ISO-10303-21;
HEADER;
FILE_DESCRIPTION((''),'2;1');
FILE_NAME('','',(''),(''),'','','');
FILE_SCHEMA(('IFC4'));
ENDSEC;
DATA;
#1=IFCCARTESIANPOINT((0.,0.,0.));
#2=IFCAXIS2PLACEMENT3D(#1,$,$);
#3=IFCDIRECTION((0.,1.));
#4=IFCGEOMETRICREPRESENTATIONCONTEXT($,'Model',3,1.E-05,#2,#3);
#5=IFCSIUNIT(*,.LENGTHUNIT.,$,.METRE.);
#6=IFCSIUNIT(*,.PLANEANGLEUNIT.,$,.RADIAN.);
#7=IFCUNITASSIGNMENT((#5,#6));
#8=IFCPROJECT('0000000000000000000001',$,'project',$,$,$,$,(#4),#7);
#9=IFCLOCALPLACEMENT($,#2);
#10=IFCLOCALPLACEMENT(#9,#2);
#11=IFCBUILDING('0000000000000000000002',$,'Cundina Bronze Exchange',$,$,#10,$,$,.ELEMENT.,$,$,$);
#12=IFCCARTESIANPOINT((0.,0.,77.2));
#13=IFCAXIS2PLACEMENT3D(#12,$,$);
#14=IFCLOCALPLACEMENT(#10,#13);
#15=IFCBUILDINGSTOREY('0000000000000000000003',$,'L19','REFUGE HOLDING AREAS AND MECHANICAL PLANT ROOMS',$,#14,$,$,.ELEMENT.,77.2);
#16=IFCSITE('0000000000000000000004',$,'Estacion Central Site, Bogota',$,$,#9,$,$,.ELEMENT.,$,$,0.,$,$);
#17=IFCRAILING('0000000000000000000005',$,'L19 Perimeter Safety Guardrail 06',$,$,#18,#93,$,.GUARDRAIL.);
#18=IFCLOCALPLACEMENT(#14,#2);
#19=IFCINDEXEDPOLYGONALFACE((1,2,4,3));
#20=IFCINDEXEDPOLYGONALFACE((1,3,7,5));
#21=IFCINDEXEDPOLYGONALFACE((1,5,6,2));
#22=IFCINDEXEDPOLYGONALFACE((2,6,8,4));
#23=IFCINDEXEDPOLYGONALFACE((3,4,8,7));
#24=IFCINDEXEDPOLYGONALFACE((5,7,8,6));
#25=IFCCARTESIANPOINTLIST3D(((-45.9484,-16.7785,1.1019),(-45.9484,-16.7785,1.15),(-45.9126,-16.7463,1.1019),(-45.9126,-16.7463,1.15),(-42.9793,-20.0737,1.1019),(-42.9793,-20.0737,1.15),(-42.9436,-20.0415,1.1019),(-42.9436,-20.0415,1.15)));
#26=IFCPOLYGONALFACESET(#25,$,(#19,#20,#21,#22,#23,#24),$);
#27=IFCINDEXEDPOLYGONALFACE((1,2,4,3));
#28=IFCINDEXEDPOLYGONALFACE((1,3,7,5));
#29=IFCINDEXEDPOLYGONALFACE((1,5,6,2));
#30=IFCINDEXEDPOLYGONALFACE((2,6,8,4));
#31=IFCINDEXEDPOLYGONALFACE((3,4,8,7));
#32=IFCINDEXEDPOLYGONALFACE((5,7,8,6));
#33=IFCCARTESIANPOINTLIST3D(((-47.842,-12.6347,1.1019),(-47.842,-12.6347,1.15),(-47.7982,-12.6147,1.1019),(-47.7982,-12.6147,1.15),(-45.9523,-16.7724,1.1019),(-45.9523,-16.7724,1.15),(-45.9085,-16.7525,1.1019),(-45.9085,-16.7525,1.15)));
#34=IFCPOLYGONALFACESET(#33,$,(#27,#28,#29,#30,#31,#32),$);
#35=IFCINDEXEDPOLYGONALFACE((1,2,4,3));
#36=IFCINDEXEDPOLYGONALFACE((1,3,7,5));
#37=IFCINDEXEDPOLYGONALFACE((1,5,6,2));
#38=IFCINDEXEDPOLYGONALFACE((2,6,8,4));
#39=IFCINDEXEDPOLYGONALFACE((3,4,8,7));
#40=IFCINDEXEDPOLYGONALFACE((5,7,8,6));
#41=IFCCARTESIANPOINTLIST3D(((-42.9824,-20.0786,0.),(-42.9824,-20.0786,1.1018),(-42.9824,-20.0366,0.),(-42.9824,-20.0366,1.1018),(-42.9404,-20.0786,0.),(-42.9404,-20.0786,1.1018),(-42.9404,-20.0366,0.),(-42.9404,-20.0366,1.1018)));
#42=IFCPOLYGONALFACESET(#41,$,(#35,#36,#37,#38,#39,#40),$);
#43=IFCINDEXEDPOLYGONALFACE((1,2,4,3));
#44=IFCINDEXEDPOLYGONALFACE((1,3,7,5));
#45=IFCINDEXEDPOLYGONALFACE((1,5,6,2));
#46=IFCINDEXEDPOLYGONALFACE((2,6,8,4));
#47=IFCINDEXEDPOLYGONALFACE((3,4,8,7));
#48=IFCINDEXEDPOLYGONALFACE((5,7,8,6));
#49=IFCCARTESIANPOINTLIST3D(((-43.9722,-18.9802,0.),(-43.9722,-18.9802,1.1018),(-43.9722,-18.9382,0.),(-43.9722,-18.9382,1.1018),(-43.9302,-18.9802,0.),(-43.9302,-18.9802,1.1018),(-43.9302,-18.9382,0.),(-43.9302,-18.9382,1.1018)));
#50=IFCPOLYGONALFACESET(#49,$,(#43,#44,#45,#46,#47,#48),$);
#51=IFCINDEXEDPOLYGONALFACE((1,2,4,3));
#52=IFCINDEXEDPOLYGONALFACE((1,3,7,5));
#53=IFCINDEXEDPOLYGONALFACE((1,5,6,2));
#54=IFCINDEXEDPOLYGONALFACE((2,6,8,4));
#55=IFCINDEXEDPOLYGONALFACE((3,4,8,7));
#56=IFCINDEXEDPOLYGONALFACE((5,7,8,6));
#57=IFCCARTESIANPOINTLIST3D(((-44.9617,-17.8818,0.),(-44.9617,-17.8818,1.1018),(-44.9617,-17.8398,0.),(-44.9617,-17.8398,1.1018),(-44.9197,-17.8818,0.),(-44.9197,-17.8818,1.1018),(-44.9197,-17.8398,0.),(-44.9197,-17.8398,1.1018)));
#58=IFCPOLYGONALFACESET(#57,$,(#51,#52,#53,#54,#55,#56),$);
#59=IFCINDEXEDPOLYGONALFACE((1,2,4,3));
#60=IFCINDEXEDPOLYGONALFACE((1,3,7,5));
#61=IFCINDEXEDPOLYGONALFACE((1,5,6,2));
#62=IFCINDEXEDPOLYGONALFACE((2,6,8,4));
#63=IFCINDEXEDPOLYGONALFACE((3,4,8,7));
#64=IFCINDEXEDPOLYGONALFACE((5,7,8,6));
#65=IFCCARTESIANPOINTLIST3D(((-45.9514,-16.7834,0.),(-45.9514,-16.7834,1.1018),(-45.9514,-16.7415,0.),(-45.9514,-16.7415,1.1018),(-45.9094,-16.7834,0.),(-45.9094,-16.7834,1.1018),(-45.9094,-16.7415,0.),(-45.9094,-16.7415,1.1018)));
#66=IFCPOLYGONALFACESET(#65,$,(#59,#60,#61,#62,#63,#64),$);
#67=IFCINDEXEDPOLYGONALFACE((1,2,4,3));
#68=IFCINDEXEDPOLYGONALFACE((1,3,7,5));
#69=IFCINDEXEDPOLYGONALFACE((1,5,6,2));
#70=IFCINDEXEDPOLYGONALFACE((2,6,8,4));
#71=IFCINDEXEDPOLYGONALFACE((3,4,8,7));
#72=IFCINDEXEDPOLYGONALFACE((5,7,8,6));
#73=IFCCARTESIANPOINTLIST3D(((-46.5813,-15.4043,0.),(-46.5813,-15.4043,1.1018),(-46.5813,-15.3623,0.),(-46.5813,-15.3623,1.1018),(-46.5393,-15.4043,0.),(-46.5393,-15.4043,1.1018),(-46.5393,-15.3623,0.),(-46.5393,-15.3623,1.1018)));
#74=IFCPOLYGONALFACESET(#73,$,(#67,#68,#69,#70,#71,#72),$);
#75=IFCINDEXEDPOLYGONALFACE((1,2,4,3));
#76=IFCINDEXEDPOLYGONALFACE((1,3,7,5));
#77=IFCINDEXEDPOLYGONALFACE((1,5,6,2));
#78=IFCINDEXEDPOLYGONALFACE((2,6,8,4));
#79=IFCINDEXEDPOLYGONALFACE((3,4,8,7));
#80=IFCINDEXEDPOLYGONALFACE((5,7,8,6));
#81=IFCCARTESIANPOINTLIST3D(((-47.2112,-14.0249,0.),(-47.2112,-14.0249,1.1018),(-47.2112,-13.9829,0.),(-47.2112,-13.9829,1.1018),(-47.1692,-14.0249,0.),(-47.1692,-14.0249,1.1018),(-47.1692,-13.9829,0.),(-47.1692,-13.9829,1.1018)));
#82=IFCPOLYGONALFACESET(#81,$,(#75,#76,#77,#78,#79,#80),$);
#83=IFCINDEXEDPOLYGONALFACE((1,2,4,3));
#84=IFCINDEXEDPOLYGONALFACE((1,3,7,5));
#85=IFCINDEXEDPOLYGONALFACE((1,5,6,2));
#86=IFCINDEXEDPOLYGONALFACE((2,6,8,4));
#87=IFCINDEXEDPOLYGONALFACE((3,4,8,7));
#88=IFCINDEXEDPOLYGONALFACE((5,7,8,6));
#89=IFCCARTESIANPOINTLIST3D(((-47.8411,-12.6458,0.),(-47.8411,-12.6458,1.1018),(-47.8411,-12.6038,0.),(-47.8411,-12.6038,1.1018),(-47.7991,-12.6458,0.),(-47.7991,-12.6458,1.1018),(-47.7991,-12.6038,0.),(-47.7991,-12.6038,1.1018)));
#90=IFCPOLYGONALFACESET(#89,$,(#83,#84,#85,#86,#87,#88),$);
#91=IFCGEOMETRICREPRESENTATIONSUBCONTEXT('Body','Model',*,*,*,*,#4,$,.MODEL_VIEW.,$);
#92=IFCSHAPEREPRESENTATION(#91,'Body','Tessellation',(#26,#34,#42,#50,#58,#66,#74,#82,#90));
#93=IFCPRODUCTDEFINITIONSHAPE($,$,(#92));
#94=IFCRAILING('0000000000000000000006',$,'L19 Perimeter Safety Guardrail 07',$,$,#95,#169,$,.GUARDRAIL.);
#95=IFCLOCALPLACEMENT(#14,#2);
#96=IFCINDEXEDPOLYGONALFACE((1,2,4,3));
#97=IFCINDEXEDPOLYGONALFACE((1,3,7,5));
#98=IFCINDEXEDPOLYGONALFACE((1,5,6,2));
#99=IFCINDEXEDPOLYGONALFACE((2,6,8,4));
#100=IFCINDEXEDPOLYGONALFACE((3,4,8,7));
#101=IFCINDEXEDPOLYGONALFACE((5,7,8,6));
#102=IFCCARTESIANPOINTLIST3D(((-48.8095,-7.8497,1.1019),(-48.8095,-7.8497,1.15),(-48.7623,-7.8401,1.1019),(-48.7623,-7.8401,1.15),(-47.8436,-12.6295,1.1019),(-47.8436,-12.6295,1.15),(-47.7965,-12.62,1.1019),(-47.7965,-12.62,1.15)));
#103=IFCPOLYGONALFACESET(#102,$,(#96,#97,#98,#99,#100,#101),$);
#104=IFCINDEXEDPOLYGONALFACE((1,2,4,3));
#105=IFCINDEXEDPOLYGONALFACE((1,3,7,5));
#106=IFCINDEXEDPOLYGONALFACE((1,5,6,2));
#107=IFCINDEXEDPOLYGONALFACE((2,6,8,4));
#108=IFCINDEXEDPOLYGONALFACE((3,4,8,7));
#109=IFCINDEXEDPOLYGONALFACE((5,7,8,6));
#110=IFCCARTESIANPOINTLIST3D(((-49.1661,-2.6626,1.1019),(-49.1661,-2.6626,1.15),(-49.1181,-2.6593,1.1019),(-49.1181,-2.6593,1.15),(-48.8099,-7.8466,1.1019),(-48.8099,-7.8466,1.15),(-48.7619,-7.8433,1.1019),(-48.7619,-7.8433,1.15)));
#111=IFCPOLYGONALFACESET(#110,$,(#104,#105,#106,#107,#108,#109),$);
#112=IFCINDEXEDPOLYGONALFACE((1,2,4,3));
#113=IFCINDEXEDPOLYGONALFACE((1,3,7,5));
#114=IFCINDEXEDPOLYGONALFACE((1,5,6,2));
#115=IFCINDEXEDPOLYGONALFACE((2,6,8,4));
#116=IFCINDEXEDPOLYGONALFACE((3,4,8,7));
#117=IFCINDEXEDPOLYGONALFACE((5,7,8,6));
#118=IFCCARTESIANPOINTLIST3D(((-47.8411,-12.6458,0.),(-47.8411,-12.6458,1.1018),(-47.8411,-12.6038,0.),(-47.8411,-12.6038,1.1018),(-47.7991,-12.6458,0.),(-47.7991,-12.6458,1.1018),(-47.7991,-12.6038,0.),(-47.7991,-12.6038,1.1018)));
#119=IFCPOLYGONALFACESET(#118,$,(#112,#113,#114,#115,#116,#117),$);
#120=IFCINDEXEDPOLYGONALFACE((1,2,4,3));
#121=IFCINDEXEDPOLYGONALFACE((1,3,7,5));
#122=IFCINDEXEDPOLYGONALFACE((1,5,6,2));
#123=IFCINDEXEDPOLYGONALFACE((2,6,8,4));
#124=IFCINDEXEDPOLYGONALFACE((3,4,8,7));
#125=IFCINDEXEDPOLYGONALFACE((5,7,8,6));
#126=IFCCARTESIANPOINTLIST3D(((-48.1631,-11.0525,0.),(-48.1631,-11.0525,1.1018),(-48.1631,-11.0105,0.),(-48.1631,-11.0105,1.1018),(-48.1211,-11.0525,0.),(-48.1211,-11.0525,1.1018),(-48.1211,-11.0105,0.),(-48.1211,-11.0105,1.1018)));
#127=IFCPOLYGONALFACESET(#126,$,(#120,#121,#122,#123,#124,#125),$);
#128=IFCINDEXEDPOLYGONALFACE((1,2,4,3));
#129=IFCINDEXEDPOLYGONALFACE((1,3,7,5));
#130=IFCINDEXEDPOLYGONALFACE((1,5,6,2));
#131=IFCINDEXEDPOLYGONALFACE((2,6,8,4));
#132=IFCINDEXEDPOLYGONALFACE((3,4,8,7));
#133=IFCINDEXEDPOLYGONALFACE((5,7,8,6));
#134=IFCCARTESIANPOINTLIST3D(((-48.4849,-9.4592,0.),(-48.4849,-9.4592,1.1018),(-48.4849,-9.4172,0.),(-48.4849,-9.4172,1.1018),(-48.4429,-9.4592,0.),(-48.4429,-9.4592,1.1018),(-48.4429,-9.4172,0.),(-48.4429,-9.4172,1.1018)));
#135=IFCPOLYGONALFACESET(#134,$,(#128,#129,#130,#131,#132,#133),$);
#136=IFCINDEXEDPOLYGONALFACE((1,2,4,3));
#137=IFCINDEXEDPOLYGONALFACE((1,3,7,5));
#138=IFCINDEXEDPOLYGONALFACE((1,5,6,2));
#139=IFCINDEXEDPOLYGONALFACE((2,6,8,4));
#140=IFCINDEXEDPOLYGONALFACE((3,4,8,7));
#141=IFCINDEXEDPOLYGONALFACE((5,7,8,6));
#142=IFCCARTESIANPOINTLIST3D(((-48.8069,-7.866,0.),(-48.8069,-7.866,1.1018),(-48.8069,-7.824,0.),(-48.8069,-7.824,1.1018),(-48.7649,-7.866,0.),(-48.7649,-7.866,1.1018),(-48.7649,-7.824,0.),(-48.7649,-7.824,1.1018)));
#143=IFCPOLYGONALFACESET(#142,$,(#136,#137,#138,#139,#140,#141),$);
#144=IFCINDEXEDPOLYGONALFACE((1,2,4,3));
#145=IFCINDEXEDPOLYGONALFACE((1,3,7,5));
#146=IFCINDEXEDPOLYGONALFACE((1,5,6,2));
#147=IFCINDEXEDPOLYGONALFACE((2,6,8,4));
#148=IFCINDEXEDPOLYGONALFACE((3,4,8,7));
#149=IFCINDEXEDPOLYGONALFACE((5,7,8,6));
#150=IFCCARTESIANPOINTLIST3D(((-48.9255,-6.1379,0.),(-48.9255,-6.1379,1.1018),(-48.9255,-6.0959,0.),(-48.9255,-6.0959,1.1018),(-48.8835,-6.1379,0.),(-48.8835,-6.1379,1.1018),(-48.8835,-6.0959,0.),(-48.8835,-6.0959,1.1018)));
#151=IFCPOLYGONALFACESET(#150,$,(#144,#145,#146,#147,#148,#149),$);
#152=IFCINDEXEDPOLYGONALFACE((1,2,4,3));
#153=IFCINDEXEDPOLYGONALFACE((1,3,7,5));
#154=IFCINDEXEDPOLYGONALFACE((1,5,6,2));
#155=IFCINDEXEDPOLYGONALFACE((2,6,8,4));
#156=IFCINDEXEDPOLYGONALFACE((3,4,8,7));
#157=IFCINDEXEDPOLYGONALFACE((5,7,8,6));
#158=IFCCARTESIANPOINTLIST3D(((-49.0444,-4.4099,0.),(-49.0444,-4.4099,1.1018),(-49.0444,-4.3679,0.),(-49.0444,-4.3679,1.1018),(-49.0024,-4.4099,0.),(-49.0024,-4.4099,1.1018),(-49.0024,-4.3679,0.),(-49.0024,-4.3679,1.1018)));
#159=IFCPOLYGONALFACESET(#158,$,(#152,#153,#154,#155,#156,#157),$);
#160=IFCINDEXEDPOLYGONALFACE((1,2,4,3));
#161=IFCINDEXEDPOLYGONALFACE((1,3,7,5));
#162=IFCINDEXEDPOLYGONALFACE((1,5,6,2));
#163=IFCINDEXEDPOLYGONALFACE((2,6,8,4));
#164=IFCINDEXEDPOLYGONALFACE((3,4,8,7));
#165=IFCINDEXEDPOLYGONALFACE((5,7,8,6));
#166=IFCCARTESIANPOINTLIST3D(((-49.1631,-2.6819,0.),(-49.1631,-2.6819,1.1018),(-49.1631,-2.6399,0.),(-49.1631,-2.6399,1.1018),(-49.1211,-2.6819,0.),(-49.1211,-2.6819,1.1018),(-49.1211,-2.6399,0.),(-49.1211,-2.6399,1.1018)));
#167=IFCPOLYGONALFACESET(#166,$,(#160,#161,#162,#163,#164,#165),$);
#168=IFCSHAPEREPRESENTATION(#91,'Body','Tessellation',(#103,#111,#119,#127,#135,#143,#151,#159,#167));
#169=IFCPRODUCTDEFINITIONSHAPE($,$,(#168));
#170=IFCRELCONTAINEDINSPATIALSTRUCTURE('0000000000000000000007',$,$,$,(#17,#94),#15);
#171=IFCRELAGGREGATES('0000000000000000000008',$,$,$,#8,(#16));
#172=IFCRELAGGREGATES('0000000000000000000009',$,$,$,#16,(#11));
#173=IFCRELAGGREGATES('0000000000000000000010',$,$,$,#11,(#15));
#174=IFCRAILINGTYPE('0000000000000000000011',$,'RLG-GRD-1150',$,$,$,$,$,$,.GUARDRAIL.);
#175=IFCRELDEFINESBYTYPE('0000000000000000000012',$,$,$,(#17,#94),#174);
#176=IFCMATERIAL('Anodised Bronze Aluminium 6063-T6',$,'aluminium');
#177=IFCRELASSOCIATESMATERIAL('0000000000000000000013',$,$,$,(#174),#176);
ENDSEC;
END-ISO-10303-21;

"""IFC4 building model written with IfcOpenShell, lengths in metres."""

from ifc_helpers import new_model, si_unit, direction, frame, origin, origin_2d, place, context, subcontext, project, spatial, rectangle, extrude, material, type_object, element, save


model = new_model("IFC4")

# Units and contexts
model_context = context("Model", 3, precision=1e-05, world=origin(), true_north=direction((0.0, 1.0)))
body_context = subcontext(model_context, "Body", "Model", "MODEL_VIEW")
ifc_project = project(units=[si_unit("LENGTHUNIT", "METRE"), si_unit("PLANEANGLEUNIT", "RADIAN")], contexts=[model_context])

# Site, building, storey
site_placement = place(None, origin())
site = spatial("IfcSite", under=ifc_project, at=site_placement, Name="Estacion Central Site, Bogota", CompositionType="ELEMENT", RefElevation=0.0)
building_placement = place(site_placement, origin())
building = spatial("IfcBuilding", under=site, at=building_placement, Name="Cundina Bronze Exchange", CompositionType="ELEMENT")
storey_placement = place(building_placement, frame((0.0, 0.0, 77.2)))
storey = spatial("IfcBuildingStorey", under=building, at=storey_placement, Name="L19", Description="REFUGE HOLDING AREAS AND MECHANICAL PLANT ROOMS", CompositionType="ELEMENT", Elevation=77.2)

# Shared definitions
ifc_material_1 = material(Name="Anodised Bronze Aluminium 6063-T6", Category="aluminium")

# Railings
railing_type = type_object("IfcRailingType", Name="RLG-GRD-1150", PredefinedType="GUARDRAIL", material=ifc_material_1)
railing_1_placement = place(storey_placement, frame((-42.9614, -20.0576, 0.0)))
element("IfcRailing", 1, at=railing_1_placement, inside=storey, type_object=railing_type, Name="L19 Perimeter Safety Guardrail 06", PredefinedType="GUARDRAIL", context=body_context, shape_type="SweptSolid", body=[
    extrude(rectangle(XDim=0.0481, YDim=0.0481, at=origin_2d()), frame((0.0, 0.0, 1.126), z_axis=(-0.669381, 0.742919, 0.0), x_axis=(-0.742919, -0.669381, 0.0)), (0.0, 0.0, 1.0), 4.4355),
    extrude(rectangle(XDim=0.0481, YDim=0.0481, at=origin_2d()), frame((-2.969, 3.2952, 1.126), z_axis=(-0.41542, 0.90963, 0.0), x_axis=(-0.90963, -0.41542, 0.0)), (0.0, 0.0, 1.0), 4.5488),
    extrude(rectangle(XDim=0.042, YDim=0.042, at=origin_2d()), origin(), (0.0, 0.0, 1.0), 1.1018),
    extrude(rectangle(XDim=0.042, YDim=0.042, at=origin_2d()), frame((-0.9897, 1.0984, 0.0)), (0.0, 0.0, 1.0), 1.1018),
    extrude(rectangle(XDim=0.042, YDim=0.042, at=origin_2d()), frame((-1.9792, 2.1968, 0.0)), (0.0, 0.0, 1.0), 1.1018),
    extrude(rectangle(XDim=0.042, YDim=0.042, at=origin_2d()), frame((-2.969, 3.2952, 0.0)), (0.0, 0.0, 1.0), 1.1018),
    extrude(rectangle(XDim=0.042, YDim=0.042, at=origin_2d()), frame((-3.5989, 4.6743, 0.0)), (0.0, 0.0, 1.0), 1.1018),
    extrude(rectangle(XDim=0.042, YDim=0.042, at=origin_2d()), frame((-4.2288, 6.0537, 0.0)), (0.0, 0.0, 1.0), 1.1018),
    extrude(rectangle(XDim=0.042, YDim=0.042, at=origin_2d()), frame((-4.8586, 7.4329, 0.0)), (0.0, 0.0, 1.0), 1.1018),
])
railing_2_placement = place(storey_placement, frame((-47.8201, -12.6248, 0.0)))
element("IfcRailing", 2, at=railing_2_placement, inside=storey, type_object=railing_type, Name="L19 Perimeter Safety Guardrail 07", PredefinedType="GUARDRAIL", context=body_context, shape_type="SweptSolid", body=[
    extrude(rectangle(XDim=0.0481, YDim=0.0481, at=origin_2d()), frame((0.0, 0.0, 1.126), z_axis=(-0.198061, 0.98019, 0.0), x_axis=(-0.98019, -0.198061, 0.0)), (0.0, 0.0, 1.0), 4.8765),
    extrude(rectangle(XDim=0.0481, YDim=0.0481, at=origin_2d()), frame((-0.9658, 4.7798, 1.126), z_axis=(-0.068549, 0.997648, 0.0), x_axis=(-0.997648, -0.068549, 0.0)), (0.0, 0.0, 1.0), 5.1963),
    extrude(rectangle(XDim=0.042, YDim=0.042, at=origin_2d()), origin(), (0.0, 0.0, 1.0), 1.1018),
    extrude(rectangle(XDim=0.042, YDim=0.042, at=origin_2d()), frame((-0.322, 1.5933, 0.0)), (0.0, 0.0, 1.0), 1.1018),
    extrude(rectangle(XDim=0.042, YDim=0.042, at=origin_2d()), frame((-0.6438, 3.1865, 0.0)), (0.0, 0.0, 1.0), 1.1018),
    extrude(rectangle(XDim=0.042, YDim=0.042, at=origin_2d()), frame((-0.9658, 4.7798, 0.0)), (0.0, 0.0, 1.0), 1.1018),
    extrude(rectangle(XDim=0.042, YDim=0.042, at=origin_2d()), frame((-1.0845, 6.5078, 0.0)), (0.0, 0.0, 1.0), 1.1018),
    extrude(rectangle(XDim=0.042, YDim=0.042, at=origin_2d()), frame((-1.2034, 8.2358, 0.0)), (0.0, 0.0, 1.0), 1.1018),
    extrude(rectangle(XDim=0.042, YDim=0.042, at=origin_2d()), frame((-1.322, 9.9639, 0.0)), (0.0, 0.0, 1.0), 1.1018),
])

save(model, "model.ifc")
